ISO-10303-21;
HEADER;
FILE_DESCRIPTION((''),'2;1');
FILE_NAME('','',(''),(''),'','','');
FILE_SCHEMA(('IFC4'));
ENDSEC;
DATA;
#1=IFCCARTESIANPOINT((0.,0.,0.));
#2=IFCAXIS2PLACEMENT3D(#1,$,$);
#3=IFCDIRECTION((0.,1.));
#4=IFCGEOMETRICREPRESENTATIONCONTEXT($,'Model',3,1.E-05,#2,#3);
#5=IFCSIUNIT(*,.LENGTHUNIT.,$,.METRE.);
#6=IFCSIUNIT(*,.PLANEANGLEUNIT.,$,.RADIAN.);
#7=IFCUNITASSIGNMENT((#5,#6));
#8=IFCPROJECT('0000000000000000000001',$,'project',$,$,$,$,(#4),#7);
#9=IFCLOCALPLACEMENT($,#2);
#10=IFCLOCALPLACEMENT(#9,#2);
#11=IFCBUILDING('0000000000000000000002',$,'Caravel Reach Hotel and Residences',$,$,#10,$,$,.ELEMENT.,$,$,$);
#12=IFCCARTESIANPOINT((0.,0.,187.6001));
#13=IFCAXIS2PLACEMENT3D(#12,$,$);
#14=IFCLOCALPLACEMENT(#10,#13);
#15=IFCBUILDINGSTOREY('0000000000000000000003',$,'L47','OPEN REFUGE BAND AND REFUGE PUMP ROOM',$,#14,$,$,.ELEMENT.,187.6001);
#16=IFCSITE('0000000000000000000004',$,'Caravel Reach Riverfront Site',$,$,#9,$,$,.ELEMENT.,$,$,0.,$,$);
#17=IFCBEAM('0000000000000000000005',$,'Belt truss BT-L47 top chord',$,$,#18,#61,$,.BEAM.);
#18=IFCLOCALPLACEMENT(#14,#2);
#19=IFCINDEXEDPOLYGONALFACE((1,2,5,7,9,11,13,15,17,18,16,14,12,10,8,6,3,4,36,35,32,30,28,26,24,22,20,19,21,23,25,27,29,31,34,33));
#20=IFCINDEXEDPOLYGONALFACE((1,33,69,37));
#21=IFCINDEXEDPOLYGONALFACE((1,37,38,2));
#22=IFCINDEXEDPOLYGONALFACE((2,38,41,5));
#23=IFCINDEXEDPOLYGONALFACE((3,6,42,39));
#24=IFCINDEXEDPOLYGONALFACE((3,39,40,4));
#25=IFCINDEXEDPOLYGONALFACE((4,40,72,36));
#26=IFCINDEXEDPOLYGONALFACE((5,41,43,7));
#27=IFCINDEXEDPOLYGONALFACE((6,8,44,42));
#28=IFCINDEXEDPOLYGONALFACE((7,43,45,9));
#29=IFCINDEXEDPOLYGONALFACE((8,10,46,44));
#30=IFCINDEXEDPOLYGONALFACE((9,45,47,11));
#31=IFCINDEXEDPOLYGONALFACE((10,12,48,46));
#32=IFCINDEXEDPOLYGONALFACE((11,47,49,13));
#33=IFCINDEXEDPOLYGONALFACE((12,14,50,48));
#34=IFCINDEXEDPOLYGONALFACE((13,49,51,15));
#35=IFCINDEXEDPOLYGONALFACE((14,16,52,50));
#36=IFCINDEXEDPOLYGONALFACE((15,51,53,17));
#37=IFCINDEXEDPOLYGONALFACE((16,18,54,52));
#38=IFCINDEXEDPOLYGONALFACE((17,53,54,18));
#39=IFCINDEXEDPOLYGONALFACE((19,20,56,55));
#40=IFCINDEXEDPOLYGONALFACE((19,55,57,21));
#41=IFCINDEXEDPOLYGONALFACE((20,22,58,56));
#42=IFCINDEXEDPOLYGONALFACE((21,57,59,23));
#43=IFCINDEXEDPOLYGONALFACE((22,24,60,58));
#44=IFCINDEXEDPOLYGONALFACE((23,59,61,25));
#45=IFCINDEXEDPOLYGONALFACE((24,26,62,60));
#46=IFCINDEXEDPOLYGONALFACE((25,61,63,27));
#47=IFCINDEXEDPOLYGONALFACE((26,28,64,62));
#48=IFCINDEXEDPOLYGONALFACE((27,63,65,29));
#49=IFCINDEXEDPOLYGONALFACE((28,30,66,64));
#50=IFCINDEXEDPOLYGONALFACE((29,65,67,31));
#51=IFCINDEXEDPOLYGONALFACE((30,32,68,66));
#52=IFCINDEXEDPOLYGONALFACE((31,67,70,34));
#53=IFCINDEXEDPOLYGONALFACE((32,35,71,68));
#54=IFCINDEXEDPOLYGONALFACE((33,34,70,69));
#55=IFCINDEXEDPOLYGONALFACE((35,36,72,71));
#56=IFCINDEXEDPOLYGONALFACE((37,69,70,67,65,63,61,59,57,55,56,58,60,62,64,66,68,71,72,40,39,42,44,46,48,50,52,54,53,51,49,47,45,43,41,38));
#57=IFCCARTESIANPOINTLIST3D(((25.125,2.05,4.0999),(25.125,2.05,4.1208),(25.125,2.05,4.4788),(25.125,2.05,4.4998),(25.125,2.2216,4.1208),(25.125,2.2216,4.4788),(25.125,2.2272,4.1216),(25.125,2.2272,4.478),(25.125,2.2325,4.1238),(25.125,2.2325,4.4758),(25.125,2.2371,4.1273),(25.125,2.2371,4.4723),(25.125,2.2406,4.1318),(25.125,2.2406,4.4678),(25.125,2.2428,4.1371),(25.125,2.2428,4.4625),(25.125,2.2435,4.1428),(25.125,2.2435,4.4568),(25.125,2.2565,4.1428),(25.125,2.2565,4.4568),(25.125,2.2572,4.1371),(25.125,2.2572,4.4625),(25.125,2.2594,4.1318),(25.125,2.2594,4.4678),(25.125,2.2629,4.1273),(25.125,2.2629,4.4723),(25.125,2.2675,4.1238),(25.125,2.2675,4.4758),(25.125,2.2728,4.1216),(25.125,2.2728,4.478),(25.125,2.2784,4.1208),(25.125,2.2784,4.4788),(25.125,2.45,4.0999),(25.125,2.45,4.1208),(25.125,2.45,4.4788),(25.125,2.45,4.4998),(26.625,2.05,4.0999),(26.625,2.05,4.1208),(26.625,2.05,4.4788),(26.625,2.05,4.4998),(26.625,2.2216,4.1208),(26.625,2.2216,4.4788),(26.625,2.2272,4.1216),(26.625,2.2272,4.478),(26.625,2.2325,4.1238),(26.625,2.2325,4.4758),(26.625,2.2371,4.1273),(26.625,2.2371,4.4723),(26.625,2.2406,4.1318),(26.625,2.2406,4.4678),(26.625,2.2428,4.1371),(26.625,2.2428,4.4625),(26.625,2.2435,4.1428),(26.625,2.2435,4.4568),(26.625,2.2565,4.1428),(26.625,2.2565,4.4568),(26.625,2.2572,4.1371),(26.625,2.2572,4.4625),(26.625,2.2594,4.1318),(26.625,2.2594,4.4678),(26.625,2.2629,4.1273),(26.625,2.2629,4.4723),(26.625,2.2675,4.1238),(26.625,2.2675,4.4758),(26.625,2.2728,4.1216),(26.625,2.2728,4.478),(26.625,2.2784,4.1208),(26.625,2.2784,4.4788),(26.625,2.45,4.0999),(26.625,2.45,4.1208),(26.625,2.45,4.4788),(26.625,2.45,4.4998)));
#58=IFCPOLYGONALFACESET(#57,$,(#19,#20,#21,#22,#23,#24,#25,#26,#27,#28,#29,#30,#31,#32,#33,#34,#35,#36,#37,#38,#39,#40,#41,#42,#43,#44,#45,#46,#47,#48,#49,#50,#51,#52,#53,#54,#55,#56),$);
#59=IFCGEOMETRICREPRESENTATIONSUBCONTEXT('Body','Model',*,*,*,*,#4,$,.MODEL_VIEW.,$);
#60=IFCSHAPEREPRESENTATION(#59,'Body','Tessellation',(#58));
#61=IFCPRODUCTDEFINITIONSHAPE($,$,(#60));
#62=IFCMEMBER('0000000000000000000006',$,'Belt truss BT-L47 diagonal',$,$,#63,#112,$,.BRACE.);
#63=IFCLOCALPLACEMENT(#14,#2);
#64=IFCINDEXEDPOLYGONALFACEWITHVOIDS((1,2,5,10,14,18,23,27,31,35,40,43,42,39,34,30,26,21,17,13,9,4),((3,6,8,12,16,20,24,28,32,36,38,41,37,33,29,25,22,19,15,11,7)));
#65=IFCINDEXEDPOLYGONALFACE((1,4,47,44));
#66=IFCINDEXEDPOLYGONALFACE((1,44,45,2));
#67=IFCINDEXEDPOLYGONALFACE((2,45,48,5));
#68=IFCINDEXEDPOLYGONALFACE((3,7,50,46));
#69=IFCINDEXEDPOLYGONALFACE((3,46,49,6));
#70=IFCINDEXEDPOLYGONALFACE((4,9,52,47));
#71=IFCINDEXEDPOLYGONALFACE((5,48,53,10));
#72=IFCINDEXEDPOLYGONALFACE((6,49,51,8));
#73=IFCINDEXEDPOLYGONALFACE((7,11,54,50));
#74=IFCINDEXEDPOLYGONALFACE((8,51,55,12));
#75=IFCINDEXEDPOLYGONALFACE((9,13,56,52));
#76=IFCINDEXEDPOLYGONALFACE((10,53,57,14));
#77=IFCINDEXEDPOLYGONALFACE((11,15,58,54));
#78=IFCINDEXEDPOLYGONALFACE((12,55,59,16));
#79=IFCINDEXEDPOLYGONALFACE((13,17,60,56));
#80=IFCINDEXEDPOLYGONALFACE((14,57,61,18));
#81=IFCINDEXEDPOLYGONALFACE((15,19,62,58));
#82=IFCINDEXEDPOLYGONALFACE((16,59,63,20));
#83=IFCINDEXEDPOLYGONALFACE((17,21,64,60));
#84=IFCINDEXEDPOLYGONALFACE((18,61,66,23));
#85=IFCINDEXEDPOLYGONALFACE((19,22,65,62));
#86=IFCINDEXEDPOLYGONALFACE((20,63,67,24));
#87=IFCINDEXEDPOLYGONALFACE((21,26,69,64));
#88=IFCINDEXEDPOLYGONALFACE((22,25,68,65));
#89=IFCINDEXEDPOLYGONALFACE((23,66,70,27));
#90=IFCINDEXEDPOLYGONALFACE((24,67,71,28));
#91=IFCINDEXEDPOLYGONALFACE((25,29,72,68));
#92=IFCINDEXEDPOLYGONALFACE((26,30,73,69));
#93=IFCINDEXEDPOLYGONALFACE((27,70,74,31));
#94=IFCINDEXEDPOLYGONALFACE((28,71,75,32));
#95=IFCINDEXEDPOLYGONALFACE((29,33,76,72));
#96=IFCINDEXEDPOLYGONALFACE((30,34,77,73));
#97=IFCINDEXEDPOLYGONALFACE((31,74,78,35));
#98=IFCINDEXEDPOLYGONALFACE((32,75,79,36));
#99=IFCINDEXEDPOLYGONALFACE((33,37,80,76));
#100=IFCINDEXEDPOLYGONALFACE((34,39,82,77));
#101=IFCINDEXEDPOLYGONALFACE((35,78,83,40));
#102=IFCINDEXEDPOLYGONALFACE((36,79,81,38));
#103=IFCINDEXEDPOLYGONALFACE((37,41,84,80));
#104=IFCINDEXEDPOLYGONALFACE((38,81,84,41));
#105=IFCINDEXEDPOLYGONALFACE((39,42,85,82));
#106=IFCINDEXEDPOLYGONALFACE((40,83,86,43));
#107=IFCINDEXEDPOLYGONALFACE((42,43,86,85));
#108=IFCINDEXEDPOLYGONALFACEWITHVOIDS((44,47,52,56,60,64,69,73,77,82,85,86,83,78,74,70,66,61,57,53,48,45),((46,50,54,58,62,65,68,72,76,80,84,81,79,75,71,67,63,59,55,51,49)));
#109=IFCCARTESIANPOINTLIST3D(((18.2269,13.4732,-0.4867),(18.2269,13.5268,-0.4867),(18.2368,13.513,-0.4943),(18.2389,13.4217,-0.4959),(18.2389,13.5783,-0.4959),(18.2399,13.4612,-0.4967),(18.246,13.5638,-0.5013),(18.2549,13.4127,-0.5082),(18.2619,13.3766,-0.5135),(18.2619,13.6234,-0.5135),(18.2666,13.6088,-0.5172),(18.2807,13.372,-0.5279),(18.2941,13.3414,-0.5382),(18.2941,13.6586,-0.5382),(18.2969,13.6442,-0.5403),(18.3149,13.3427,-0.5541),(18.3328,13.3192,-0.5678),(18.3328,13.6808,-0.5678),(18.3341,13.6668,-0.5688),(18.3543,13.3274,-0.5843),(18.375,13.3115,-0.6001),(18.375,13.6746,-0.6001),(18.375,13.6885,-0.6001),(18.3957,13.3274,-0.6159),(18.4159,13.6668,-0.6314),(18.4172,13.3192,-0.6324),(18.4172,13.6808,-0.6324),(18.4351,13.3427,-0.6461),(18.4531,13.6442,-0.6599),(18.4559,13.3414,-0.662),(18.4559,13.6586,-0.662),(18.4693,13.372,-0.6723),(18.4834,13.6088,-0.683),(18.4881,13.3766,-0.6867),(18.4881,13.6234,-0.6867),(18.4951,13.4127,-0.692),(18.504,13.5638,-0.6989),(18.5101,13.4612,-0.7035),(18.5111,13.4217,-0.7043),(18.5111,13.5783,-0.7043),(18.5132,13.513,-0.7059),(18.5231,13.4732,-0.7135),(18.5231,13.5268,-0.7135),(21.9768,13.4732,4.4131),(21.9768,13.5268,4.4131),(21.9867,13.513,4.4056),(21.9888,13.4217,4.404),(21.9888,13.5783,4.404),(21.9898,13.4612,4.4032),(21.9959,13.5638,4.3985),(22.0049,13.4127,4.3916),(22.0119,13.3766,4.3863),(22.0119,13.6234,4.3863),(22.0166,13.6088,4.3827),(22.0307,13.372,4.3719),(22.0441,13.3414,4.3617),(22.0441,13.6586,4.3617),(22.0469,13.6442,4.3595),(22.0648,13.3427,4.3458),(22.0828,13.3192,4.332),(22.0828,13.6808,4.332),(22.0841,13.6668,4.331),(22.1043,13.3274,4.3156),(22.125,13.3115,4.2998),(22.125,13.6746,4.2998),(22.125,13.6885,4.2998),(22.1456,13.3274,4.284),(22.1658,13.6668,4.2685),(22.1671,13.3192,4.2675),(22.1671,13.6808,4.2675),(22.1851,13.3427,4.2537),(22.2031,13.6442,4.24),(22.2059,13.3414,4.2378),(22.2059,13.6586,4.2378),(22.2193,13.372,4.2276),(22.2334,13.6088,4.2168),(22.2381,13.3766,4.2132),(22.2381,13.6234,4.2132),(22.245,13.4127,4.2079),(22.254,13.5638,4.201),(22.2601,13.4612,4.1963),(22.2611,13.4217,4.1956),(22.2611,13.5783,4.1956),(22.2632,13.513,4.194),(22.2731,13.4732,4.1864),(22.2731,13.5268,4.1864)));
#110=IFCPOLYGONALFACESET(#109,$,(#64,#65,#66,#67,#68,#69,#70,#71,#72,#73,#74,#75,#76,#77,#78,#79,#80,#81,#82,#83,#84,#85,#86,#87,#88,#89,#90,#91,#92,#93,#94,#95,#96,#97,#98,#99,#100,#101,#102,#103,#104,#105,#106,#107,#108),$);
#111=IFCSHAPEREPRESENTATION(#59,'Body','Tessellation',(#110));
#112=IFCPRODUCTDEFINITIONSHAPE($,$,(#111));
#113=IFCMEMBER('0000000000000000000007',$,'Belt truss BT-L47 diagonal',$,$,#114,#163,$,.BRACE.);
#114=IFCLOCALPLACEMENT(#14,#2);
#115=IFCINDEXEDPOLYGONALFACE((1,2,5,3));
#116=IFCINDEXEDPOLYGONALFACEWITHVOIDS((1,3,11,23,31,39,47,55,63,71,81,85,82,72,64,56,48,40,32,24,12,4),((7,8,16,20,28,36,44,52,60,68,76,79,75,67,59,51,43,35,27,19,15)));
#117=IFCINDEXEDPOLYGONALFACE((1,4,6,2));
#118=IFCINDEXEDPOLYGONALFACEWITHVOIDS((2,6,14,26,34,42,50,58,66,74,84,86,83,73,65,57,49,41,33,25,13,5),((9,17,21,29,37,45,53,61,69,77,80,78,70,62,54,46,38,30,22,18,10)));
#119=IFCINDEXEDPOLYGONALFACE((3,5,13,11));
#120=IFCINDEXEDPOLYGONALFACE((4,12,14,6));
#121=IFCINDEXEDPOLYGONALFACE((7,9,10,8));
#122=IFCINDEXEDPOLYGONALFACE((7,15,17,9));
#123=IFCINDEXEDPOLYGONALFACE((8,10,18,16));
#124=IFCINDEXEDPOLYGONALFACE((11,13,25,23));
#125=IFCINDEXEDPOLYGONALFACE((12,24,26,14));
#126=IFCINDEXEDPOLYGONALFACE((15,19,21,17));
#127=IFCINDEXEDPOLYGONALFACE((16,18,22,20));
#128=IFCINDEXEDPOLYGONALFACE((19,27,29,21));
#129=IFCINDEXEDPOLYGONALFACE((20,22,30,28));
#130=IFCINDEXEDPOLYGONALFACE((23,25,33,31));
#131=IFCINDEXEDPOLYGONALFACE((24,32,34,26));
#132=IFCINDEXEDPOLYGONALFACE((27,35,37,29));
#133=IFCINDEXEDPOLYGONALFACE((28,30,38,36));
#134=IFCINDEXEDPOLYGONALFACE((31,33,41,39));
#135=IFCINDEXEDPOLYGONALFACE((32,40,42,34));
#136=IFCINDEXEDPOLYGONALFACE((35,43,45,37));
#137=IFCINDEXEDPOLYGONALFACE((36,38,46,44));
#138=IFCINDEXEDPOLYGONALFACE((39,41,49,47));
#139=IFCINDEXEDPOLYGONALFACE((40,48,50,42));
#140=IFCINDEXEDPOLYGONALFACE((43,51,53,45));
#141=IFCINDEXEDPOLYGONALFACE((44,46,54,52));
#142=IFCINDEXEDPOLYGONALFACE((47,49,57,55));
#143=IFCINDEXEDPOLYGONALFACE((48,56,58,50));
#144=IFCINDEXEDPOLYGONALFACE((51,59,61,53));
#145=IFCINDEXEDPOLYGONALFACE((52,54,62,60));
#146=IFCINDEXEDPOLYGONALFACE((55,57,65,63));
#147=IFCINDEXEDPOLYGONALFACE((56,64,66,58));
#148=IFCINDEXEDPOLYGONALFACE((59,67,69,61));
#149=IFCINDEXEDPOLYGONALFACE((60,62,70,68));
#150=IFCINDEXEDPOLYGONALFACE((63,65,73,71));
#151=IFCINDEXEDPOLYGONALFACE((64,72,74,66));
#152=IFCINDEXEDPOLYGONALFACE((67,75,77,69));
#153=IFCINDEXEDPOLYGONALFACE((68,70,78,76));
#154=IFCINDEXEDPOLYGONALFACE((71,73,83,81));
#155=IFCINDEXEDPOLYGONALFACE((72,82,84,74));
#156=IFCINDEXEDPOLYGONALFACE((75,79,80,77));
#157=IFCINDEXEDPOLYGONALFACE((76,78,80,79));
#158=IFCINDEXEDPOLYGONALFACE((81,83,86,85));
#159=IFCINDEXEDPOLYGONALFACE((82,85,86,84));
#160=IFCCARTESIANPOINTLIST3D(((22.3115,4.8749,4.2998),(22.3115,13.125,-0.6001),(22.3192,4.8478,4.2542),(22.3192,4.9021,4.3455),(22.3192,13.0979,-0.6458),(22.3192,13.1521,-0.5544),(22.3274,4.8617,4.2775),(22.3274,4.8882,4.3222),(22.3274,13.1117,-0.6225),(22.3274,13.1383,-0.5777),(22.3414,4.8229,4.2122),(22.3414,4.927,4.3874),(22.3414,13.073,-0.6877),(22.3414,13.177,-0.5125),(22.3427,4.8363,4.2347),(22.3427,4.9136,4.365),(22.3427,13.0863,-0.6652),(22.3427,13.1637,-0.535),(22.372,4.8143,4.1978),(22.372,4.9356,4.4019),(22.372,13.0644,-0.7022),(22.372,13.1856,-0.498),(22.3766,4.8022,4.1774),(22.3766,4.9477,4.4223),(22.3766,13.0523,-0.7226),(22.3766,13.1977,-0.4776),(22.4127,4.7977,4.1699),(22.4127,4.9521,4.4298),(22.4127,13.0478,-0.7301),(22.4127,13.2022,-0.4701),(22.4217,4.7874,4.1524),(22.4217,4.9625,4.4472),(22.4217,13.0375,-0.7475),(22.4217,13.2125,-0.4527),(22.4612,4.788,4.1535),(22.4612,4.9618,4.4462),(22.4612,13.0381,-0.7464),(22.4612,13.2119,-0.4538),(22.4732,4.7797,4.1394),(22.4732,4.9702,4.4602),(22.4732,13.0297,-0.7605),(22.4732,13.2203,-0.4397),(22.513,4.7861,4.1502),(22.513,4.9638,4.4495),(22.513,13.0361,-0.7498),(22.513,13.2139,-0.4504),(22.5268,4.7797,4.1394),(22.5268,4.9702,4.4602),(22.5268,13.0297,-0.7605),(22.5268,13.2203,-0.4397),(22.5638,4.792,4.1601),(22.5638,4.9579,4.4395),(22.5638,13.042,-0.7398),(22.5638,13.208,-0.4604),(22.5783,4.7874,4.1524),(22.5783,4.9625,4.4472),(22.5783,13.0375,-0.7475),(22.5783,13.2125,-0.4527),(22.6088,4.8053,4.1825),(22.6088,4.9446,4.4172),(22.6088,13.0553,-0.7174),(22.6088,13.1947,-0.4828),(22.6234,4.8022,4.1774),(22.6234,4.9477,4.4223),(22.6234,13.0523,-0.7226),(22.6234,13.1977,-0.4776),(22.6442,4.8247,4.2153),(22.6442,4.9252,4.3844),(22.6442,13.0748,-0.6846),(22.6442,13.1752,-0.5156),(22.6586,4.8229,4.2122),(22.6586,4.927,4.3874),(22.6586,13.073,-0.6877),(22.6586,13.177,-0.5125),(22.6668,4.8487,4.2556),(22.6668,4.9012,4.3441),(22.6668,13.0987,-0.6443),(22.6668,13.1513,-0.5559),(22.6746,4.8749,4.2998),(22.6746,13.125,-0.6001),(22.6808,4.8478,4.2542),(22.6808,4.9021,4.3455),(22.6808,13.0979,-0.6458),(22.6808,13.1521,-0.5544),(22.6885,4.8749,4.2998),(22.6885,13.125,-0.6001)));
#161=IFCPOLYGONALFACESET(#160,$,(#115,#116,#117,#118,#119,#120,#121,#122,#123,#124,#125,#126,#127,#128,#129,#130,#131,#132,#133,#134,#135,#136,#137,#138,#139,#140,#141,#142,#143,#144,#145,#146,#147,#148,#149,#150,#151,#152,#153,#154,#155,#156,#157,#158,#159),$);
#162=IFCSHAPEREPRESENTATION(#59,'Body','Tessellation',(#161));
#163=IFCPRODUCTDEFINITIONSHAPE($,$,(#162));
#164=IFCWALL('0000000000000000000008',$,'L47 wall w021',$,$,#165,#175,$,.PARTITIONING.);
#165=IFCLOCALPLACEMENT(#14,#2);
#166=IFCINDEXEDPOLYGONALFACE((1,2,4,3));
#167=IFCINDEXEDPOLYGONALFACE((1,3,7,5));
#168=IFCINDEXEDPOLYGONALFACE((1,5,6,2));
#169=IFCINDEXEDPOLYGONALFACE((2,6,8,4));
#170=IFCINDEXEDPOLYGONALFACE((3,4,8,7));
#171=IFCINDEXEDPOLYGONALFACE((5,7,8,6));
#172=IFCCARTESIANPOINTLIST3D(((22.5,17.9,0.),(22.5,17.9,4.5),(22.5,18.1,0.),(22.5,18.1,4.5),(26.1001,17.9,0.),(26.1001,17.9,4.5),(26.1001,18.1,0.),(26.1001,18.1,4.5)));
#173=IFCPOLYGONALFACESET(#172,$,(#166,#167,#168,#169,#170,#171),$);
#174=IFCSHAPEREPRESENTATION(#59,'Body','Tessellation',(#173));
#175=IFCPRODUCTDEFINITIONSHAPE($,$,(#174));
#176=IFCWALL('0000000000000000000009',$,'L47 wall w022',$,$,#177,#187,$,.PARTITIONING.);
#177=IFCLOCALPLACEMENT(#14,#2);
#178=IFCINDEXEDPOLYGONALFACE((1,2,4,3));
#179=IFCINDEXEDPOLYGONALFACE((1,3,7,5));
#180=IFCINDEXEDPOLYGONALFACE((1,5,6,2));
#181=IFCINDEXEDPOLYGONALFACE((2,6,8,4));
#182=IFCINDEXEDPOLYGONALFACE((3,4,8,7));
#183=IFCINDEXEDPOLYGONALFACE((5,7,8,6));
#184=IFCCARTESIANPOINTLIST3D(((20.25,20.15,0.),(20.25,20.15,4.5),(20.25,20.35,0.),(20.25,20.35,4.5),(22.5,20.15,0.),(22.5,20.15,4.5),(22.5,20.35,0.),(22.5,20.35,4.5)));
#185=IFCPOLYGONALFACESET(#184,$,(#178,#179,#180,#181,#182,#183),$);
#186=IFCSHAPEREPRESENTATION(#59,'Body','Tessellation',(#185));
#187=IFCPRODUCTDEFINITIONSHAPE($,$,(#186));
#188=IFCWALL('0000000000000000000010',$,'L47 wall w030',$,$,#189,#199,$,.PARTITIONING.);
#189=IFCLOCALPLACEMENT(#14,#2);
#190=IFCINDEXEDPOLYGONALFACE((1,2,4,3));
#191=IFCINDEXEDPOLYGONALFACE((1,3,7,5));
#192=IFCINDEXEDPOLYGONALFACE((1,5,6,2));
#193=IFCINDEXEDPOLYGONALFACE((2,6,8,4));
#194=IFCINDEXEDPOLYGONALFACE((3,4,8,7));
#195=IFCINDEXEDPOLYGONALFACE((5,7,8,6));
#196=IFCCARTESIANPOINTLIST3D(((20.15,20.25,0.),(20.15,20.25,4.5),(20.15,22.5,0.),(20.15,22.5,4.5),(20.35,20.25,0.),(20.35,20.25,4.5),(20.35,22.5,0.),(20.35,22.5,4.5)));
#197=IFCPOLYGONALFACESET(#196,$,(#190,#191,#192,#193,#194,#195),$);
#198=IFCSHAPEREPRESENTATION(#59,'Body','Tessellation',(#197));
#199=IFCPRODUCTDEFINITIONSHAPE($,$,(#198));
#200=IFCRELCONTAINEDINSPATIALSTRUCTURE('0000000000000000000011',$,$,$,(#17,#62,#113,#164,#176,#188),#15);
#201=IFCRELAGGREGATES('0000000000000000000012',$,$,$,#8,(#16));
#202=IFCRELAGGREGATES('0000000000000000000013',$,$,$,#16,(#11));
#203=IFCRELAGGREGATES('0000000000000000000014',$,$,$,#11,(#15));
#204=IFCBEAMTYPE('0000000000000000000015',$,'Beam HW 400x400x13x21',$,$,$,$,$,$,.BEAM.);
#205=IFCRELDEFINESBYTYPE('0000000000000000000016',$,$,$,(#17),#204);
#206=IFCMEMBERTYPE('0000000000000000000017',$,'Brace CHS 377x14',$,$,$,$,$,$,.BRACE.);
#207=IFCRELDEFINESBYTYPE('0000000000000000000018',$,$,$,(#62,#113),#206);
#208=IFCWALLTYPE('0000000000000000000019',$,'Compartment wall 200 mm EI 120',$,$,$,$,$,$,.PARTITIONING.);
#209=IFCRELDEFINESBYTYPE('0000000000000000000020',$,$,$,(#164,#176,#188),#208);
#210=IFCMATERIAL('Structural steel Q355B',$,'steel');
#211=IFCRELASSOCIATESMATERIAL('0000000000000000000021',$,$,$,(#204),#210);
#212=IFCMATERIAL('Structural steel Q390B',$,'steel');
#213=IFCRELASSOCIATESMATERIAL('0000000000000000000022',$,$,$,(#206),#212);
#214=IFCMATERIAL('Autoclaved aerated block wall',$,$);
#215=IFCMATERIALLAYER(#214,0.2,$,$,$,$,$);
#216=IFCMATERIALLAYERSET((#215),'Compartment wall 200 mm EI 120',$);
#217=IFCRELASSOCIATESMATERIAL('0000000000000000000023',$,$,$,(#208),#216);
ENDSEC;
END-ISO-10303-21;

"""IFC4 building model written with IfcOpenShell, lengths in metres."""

from ifc_helpers import new_model, si_unit, direction, frame, frame_2d, origin, origin_2d, place, context, subcontext, project, spatial, rectangle, hollow_circle, i_section, extrude, material, layer, layer_set, material_profile, profile_set, type_object, element, save


model = new_model("IFC4")

# Units and contexts
model_context = context("Model", 3, precision=1e-05, world=origin(), true_north=direction((0.0, 1.0)))
body_context = subcontext(model_context, "Body", "Model", "MODEL_VIEW")
ifc_project = project(units=[si_unit("LENGTHUNIT", "METRE"), si_unit("PLANEANGLEUNIT", "RADIAN")], contexts=[model_context])

# Site, building, storey
site_placement = place(None, origin())
site = spatial("IfcSite", under=ifc_project, at=site_placement, Name="Caravel Reach Riverfront Site", CompositionType="ELEMENT", RefElevation=0.0)
building_placement = place(site_placement, origin())
building = spatial("IfcBuilding", under=site, at=building_placement, Name="Caravel Reach Hotel and Residences", CompositionType="ELEMENT")
storey_placement = place(building_placement, frame((0.0, 0.0, 187.6001)))
storey = spatial("IfcBuildingStorey", under=building, at=storey_placement, Name="L47", Description="OPEN REFUGE BAND AND REFUGE PUMP ROOM", CompositionType="ELEMENT", Elevation=187.6001)

# Beam
ifc_material_1 = material(Name="Structural steel Q355B", Category="steel")
ifc_material_profile_1 = material_profile(ifc_material_1, i_section(OverallWidth=0.3999, OverallDepth=0.3999, WebThickness=0.0129, FlangeThickness=0.021, FilletRadius=0.022, at=origin_2d()), Name="HW 400x400x13x21")
ifc_profile_set_1 = profile_set([ifc_material_profile_1], Name="Structural steel Q355B")
beam_type_1 = type_object("IfcBeamType", Name="Beam HW 400x400x13x21", PredefinedType="BEAM", material=ifc_profile_set_1)
for number, where, z_axis, x_axis, name in (
    (1, (25.125, 2.25, 4.2998), (1.0, 0.0, 0.0), (0.0, 1.0, 0.0), "Belt truss BT-L47 top chord"),
):
    element("IfcBeam", number, at=place(storey_placement, frame(where, z_axis=z_axis, x_axis=x_axis)), inside=storey, type_object=beam_type_1, Name=name, PredefinedType="BEAM", context=body_context, shape_type="SweptSolid", body=[
        extrude(i_section(OverallWidth=0.3999, OverallDepth=0.3999, WebThickness=0.0129, FlangeThickness=0.021, FilletRadius=0.022, at=origin_2d()), origin(), (0.0, 0.0, 1.0), 1.5),
    ])

# Members
ifc_material_2 = material(Name="Structural steel Q390B", Category="steel")
ifc_material_profile_2 = material_profile(ifc_material_2, hollow_circle(Radius=0.1885, WallThickness=0.0139, at=origin_2d()), Name="CHS 377x14")
ifc_profile_set_2 = profile_set([ifc_material_profile_2], Name="Structural steel Q390B")
member_type = type_object("IfcMemberType", Name="Brace CHS 377x14", PredefinedType="BRACE", material=ifc_profile_set_2)
member_1_placement = place(storey_placement, frame((18.375, 13.5, -0.6001), z_axis=(0.607758, 0.0, 0.794122), x_axis=(0.0, 1.0, 0.0)))
element("IfcMember", 2, at=member_1_placement, inside=storey, type_object=member_type, Name="Belt truss BT-L47 diagonal", PredefinedType="BRACE", context=body_context, shape_type="SweptSolid", body=[
    extrude(hollow_circle(Radius=0.1885, WallThickness=0.0139, at=origin_2d()), origin(), (0.0, 0.0, 1.0), 6.1702),
])
member_2_placement = place(storey_placement, frame((22.5, 13.125, -0.6001), z_axis=(0.0, -0.859788, 0.510652), x_axis=(1.0, 0.0, 0.0)))
element("IfcMember", 3, at=member_2_placement, inside=storey, type_object=member_type, Name="Belt truss BT-L47 diagonal", PredefinedType="BRACE", context=body_context, shape_type="SweptSolid", body=[
    extrude(hollow_circle(Radius=0.1885, WallThickness=0.0139, at=origin_2d()), origin(), (0.0, 0.0, 1.0), 9.5955),
])

# Walls
ifc_material_3 = material(Name="Autoclaved aerated block wall")
ifc_layer_1 = layer(ifc_material_3, 0.2)
ifc_layer_set_1 = layer_set([ifc_layer_1], Name="Compartment wall 200 mm EI 120")
wall_type_1 = type_object("IfcWallType", Name="Compartment wall 200 mm EI 120", PredefinedType="PARTITIONING", material=ifc_layer_set_1)
wall_1_placement = place(storey_placement, frame((22.5, 18.0, 0.0), z_axis=(0.0, 0.0, 1.0), x_axis=(1.0, 0.0, 0.0)))
element("IfcWall", 4, at=wall_1_placement, inside=storey, type_object=wall_type_1, Name="L47 wall w021", PredefinedType="PARTITIONING", context=body_context, shape_type="SweptSolid", body=[
    extrude(rectangle(XDim=3.6001, YDim=0.2, at=frame_2d((1.8, 0.0))), origin(), (0.0, 0.0, 1.0), 4.5),
])
for number, where, z_axis, x_axis, name in (
    (5, (20.25, 20.25, 0.0), (0.0, 0.0, 1.0), (1.0, 0.0, 0.0), "L47 wall w022"),
    (6, (20.25, 20.25, 0.0), (0.0, 0.0, 1.0), (0.0, 1.0, 0.0), "L47 wall w030"),
):
    element("IfcWall", number, at=place(storey_placement, frame(where, z_axis=z_axis, x_axis=x_axis)), inside=storey, type_object=wall_type_1, Name=name, PredefinedType="PARTITIONING", context=body_context, shape_type="SweptSolid", body=[
        extrude(rectangle(XDim=2.25, YDim=0.2, at=frame_2d((1.125, 0.0))), origin(), (0.0, 0.0, 1.0), 4.5),
    ])

save(model, "model.ifc")
